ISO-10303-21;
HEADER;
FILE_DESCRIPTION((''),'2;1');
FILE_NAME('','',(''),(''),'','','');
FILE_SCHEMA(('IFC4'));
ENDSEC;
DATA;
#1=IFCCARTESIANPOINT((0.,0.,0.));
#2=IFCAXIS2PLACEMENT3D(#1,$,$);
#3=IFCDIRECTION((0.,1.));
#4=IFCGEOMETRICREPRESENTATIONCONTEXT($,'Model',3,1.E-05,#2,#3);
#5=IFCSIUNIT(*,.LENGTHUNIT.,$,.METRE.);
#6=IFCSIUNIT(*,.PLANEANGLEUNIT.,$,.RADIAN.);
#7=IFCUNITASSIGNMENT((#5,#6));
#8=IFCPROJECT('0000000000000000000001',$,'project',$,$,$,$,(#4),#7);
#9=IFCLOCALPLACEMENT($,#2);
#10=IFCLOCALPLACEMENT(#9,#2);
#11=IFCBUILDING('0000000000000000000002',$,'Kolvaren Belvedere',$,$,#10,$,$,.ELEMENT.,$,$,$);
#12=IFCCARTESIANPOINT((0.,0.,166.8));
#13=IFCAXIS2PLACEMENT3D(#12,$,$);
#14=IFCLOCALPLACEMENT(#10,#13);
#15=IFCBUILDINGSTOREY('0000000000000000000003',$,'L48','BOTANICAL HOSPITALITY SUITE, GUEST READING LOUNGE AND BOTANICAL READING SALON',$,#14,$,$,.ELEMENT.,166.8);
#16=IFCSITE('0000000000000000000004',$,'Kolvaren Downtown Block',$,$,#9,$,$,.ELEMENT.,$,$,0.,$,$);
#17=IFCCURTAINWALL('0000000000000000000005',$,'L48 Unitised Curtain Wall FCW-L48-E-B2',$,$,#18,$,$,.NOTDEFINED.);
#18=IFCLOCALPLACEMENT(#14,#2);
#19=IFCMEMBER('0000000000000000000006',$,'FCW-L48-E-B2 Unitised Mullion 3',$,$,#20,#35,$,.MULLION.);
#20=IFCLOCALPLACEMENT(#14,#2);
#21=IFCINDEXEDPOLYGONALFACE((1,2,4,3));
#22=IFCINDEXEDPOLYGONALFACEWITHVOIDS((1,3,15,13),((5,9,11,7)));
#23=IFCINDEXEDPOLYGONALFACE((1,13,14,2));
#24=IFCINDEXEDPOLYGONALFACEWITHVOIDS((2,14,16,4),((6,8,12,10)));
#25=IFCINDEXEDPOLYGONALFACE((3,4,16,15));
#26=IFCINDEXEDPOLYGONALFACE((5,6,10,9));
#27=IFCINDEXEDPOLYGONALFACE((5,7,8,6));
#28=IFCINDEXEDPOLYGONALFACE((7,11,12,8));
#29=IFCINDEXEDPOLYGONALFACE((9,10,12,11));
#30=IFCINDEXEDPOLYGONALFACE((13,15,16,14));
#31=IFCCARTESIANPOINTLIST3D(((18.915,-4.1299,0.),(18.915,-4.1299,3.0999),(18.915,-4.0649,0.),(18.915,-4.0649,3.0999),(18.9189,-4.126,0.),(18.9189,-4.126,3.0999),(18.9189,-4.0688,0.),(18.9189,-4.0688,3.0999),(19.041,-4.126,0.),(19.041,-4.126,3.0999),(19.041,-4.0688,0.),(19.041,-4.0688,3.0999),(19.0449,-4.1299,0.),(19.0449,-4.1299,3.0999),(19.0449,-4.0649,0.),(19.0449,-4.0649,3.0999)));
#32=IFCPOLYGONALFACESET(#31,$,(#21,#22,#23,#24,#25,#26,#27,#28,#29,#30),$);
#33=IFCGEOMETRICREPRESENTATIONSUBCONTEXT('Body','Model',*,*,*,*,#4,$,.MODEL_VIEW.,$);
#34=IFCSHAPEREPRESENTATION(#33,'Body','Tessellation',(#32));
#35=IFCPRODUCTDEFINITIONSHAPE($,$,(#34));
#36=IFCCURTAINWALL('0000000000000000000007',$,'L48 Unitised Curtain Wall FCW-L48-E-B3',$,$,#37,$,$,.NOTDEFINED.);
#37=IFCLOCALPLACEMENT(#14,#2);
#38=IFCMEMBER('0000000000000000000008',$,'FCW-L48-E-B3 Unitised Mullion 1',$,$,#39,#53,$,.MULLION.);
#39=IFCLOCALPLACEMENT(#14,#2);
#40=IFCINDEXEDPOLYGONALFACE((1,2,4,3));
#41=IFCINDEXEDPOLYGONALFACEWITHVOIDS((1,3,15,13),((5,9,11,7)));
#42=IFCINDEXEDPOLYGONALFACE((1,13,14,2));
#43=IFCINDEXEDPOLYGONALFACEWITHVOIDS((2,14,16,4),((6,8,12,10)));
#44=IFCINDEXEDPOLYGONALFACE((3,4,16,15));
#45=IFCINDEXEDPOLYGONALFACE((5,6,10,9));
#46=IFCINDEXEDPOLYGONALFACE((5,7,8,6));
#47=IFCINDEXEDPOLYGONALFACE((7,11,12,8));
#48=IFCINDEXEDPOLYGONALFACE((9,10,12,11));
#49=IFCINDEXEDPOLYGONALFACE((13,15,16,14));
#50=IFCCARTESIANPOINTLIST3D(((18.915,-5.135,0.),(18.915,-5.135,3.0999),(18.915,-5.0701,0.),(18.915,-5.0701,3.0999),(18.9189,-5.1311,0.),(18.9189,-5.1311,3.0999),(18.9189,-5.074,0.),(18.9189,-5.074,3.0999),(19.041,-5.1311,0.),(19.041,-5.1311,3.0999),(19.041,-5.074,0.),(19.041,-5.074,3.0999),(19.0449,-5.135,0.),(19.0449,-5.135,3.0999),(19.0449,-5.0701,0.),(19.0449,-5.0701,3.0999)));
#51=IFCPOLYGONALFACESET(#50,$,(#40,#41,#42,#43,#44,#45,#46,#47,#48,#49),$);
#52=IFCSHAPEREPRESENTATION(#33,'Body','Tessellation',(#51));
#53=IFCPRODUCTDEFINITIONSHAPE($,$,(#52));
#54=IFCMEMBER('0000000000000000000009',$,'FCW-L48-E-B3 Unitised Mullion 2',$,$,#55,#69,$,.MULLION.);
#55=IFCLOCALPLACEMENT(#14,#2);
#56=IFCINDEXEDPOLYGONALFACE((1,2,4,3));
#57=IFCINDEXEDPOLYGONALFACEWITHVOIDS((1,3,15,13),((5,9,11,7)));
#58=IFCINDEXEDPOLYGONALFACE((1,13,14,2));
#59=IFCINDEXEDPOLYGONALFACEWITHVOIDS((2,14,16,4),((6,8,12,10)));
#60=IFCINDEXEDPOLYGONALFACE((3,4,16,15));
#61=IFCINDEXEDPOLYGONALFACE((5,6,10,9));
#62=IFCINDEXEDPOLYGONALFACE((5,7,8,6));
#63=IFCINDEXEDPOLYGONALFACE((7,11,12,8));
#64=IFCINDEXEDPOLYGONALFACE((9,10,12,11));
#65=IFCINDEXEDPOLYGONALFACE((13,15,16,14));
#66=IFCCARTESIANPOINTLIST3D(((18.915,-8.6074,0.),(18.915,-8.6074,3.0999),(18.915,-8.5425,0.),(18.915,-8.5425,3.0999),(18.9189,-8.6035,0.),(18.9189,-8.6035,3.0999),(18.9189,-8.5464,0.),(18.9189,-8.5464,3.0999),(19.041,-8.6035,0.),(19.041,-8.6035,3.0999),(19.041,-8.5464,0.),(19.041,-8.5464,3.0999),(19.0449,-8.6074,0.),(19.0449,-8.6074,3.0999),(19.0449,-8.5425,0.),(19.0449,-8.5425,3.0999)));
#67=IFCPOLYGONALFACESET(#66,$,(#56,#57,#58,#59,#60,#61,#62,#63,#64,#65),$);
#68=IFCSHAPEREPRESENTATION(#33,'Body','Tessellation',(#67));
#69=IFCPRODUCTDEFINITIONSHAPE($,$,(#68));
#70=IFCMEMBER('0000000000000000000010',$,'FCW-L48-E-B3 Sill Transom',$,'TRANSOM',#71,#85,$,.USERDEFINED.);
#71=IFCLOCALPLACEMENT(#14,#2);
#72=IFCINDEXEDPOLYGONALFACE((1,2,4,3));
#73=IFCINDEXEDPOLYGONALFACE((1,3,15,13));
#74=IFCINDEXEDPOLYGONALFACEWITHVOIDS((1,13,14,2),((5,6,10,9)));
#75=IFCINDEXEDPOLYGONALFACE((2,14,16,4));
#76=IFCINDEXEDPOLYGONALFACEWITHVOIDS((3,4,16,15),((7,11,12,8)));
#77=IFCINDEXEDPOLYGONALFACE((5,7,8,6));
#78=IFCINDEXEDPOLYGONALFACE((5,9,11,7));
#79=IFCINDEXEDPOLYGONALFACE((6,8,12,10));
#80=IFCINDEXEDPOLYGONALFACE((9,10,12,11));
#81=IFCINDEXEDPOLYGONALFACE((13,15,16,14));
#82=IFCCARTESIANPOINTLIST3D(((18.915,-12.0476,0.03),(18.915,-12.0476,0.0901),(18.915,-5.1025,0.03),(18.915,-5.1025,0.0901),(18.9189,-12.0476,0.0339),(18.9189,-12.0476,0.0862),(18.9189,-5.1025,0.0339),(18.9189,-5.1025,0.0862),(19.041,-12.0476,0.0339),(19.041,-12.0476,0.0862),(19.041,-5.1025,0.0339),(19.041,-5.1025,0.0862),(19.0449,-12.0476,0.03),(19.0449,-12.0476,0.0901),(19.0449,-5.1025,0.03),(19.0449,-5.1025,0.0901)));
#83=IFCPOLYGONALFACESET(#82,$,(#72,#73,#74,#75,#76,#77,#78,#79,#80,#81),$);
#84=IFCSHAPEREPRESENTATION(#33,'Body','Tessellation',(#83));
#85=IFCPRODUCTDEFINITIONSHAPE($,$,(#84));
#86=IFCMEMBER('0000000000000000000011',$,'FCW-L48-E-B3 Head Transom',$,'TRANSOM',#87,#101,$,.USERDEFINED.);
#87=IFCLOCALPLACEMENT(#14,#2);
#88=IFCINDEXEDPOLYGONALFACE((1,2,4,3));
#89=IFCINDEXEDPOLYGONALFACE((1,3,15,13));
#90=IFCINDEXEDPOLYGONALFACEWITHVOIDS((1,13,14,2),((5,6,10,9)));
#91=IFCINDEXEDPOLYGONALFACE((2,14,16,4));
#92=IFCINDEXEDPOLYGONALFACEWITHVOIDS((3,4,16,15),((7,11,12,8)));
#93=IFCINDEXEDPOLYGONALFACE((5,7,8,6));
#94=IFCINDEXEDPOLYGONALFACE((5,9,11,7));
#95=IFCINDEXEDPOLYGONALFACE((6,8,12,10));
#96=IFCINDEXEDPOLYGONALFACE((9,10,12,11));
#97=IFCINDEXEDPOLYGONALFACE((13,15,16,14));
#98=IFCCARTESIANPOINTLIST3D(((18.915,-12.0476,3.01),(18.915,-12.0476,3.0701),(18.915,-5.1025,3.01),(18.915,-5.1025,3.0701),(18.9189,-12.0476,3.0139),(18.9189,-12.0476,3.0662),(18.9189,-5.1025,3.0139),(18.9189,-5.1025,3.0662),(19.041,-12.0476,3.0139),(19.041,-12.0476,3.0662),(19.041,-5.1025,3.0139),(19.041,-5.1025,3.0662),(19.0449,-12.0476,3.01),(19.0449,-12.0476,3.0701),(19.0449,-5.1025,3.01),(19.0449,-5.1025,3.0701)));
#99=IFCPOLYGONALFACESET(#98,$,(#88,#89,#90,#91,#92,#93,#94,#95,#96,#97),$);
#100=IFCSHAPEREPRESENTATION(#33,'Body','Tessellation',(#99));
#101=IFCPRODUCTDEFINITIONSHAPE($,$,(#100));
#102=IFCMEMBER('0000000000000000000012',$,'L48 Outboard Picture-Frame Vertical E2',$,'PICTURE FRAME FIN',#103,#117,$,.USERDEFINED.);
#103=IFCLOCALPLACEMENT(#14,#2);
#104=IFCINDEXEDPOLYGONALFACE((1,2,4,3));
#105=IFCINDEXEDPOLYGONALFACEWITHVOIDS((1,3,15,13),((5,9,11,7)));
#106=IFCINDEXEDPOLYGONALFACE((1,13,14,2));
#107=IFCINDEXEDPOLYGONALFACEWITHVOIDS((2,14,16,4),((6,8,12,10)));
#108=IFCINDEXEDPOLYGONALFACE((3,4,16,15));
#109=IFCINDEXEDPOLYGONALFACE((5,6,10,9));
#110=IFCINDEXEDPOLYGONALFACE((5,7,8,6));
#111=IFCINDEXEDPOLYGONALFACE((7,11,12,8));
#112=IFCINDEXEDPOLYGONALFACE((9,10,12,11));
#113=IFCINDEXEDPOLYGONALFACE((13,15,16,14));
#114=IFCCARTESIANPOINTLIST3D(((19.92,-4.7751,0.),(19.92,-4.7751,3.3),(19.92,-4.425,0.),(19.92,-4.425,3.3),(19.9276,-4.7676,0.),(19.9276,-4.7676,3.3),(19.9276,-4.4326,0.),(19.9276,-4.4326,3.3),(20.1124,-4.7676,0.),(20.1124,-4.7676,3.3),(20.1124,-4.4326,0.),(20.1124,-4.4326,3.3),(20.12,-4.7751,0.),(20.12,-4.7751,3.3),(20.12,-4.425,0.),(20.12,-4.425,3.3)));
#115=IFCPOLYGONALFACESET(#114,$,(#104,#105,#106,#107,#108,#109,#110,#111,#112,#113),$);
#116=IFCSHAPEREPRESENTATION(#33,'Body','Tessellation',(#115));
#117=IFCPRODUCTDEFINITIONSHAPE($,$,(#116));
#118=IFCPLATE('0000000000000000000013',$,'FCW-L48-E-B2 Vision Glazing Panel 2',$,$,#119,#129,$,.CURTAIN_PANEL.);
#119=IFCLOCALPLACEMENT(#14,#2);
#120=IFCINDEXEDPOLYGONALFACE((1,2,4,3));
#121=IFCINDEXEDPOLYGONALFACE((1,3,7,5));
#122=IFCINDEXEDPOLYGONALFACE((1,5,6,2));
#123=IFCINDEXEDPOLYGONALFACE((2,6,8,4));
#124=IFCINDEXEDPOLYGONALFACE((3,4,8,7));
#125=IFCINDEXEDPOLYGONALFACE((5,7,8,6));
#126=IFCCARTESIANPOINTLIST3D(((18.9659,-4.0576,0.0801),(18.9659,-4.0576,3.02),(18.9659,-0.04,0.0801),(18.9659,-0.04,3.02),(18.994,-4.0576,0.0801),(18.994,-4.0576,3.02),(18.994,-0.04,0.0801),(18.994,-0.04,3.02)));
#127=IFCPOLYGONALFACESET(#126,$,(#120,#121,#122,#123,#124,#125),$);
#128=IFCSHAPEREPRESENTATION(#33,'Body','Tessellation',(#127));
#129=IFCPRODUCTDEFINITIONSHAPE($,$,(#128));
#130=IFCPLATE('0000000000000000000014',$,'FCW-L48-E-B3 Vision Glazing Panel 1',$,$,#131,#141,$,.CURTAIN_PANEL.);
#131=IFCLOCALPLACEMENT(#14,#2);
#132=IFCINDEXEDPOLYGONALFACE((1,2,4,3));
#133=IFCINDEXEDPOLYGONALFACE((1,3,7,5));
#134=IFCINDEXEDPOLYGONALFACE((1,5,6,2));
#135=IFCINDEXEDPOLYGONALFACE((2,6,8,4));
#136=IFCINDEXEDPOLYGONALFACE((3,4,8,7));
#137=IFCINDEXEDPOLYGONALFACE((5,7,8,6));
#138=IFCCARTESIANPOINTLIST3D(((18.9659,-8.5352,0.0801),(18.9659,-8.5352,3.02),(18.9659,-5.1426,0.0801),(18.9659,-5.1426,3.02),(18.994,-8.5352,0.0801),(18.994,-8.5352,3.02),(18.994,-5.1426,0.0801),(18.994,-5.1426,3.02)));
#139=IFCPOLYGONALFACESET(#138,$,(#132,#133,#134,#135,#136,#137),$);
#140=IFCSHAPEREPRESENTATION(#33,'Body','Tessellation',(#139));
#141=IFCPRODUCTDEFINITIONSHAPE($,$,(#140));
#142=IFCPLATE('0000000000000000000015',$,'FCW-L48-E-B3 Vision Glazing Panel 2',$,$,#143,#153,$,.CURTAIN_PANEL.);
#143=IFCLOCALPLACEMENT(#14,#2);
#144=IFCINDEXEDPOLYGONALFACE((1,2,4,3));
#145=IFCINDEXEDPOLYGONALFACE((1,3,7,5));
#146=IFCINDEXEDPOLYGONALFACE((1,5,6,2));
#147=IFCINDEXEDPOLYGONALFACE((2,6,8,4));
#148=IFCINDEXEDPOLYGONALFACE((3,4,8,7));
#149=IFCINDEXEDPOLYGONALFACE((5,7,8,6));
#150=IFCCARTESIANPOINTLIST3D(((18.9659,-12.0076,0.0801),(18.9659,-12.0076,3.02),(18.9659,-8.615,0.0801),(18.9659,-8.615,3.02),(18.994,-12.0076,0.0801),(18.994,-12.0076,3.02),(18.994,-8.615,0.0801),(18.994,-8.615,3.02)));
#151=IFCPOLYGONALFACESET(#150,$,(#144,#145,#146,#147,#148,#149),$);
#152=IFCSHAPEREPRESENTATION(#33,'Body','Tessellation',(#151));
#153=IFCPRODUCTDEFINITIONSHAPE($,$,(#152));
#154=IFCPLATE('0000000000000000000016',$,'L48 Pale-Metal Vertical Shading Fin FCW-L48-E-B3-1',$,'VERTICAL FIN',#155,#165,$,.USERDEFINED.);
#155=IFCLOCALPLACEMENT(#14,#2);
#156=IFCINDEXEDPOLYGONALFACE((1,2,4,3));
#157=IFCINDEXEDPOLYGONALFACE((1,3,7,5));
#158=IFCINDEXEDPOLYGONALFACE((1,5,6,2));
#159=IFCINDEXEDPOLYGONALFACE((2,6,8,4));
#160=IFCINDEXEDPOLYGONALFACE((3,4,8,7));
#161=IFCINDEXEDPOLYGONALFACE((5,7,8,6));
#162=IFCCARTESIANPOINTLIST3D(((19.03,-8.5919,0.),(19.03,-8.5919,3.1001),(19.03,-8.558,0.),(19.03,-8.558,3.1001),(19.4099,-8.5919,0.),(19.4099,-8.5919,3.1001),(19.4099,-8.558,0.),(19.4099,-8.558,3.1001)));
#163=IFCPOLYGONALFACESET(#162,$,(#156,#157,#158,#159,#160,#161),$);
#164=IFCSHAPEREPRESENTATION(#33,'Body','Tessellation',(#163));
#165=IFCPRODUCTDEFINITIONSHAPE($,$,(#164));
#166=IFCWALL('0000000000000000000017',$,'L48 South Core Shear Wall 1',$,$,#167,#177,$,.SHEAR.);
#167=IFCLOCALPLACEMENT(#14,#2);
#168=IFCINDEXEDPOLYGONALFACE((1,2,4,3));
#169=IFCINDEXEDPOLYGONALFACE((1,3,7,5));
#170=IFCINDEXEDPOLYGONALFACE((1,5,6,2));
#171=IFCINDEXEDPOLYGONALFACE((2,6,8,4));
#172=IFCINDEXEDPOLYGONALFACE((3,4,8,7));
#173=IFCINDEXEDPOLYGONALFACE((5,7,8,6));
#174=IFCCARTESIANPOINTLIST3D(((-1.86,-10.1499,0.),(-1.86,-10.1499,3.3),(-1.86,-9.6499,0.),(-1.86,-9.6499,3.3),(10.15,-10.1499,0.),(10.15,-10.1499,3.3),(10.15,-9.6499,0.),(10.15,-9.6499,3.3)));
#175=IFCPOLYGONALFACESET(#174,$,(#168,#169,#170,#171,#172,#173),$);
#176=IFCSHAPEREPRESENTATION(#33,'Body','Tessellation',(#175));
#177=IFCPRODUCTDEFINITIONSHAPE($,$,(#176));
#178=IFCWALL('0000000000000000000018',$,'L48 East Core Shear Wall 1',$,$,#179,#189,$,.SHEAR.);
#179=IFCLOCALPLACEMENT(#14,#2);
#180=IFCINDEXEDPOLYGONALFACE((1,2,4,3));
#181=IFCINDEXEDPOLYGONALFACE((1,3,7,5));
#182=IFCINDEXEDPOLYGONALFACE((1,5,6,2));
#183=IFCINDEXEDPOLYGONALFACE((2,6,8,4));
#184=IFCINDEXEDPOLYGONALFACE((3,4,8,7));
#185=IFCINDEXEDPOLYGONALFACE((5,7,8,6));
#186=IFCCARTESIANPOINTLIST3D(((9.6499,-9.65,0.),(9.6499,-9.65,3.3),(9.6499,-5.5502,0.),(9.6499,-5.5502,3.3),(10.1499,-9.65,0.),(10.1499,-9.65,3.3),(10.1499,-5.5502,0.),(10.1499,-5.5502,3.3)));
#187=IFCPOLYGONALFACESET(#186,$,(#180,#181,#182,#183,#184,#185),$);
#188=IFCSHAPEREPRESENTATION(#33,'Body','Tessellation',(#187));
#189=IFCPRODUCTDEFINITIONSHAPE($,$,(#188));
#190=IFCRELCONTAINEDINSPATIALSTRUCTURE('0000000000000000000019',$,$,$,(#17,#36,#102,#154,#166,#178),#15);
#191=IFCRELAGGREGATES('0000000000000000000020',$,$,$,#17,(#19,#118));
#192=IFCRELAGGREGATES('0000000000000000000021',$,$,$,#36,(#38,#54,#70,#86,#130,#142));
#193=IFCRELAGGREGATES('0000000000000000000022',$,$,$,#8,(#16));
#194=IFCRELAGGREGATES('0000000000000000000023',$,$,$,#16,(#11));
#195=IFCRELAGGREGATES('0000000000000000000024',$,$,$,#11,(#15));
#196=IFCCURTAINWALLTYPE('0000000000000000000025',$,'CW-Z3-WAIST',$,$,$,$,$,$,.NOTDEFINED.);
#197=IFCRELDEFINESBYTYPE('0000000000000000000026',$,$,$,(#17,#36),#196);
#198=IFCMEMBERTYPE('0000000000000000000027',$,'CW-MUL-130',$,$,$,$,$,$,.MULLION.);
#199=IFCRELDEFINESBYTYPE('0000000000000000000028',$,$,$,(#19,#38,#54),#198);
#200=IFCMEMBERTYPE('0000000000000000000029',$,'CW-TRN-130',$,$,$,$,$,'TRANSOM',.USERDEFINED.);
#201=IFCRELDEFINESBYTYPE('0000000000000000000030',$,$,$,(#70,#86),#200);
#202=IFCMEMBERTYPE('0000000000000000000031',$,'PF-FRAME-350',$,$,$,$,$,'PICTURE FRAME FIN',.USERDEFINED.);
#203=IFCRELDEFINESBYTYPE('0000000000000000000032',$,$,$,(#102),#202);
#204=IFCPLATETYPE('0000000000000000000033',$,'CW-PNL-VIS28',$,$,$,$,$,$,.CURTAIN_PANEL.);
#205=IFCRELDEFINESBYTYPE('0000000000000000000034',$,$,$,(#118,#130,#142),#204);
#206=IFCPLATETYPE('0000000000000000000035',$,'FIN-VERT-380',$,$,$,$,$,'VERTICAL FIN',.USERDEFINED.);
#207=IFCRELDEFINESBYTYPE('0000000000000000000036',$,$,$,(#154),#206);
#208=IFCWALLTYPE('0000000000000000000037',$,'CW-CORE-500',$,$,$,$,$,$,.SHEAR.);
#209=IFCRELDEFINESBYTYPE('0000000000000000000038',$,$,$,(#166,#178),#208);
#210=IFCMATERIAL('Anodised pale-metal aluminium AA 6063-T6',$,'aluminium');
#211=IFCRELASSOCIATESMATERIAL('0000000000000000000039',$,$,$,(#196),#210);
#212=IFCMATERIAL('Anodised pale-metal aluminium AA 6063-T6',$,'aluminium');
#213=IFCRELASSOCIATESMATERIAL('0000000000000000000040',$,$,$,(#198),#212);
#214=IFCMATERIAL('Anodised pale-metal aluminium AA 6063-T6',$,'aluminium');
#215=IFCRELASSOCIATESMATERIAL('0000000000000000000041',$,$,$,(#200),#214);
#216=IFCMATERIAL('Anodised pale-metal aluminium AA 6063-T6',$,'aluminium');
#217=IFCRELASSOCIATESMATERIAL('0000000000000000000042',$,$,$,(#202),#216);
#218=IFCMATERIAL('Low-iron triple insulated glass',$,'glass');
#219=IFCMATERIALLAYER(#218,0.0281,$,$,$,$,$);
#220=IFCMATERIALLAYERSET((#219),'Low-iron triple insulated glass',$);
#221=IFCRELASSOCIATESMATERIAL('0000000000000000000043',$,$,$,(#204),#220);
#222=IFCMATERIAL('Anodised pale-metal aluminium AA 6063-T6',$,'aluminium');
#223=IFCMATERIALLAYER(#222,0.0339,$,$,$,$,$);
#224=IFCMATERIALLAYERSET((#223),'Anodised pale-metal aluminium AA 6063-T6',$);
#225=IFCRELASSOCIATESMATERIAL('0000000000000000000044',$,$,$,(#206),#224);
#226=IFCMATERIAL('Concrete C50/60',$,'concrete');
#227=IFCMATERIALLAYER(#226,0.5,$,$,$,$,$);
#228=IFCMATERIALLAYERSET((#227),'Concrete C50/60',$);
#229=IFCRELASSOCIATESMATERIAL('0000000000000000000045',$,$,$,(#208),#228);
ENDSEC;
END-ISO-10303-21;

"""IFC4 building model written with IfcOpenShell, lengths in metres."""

from ifc_helpers import new_model, si_unit, direction, frame, frame_2d, origin, origin_2d, place, context, subcontext, project, spatial, rectangle, hollow_rectangle, extrude, material, layer, layer_set, material_profile, profile_set, type_object, element, aggregate, save


model = new_model("IFC4")

# Units and contexts
model_context = context("Model", 3, precision=1e-05, world=origin(), true_north=direction((0.0, 1.0)))
body_context = subcontext(model_context, "Body", "Model", "MODEL_VIEW")
ifc_project = project(units=[si_unit("LENGTHUNIT", "METRE"), si_unit("PLANEANGLEUNIT", "RADIAN")], contexts=[model_context])

# Site, building, storey
site_placement = place(None, origin())
site = spatial("IfcSite", under=ifc_project, at=site_placement, Name="Kolvaren Downtown Block", CompositionType="ELEMENT", RefElevation=0.0)
building_placement = place(site_placement, origin())
building = spatial("IfcBuilding", under=site, at=building_placement, Name="Kolvaren Belvedere", CompositionType="ELEMENT")
storey_placement = place(building_placement, frame((0.0, 0.0, 166.8)))
storey = spatial("IfcBuildingStorey", under=building, at=storey_placement, Name="L48", Description="BOTANICAL HOSPITALITY SUITE, GUEST READING LOUNGE AND BOTANICAL READING SALON", CompositionType="ELEMENT", Elevation=166.8)

# Curtain wall, member
ifc_material_1 = material(Name="Anodised pale-metal aluminium AA 6063-T6", Category="aluminium")
curtain_wall_type = type_object("IfcCurtainWallType", Name="CW-Z3-WAIST", PredefinedType="NOTDEFINED", material=ifc_material_1)
curtain_wall_1_placement = place(storey_placement, origin())
curtain_wall_1 = element("IfcCurtainWall", 1, at=curtain_wall_1_placement, inside=storey, type_object=curtain_wall_type, Name="L48 Unitised Curtain Wall FCW-L48-E-B2", PredefinedType="NOTDEFINED")
ifc_material_2 = material(Name="Anodised pale-metal aluminium AA 6063-T6", Category="aluminium")
ifc_material_profile_1 = material_profile(ifc_material_2, hollow_rectangle(XDim=0.0649, YDim=0.1299, WallThickness=0.0039, at=origin_2d()), Name="ALU-MUL-130X65")
ifc_profile_set_1 = profile_set([ifc_material_profile_1], Name="Anodised pale-metal aluminium AA 6063-T6")
member_type_1 = type_object("IfcMemberType", Name="CW-MUL-130", PredefinedType="MULLION", material=ifc_profile_set_1)
member_1_placement = place(storey_placement, frame((18.98, -4.0974, 0.0), z_axis=(0.0, 0.0, 1.0), x_axis=(0.0, 1.0, 0.0)))
member_1 = element("IfcMember", 2, at=member_1_placement, type_object=member_type_1, Name="FCW-L48-E-B2 Unitised Mullion 3", PredefinedType="MULLION", context=body_context, shape_type="SweptSolid", body=[
    extrude(hollow_rectangle(XDim=0.0649, YDim=0.1299, WallThickness=0.0039, at=origin_2d()), origin(), (0.0, 0.0, 1.0), 3.0999),
])

# Curtain wall, members
curtain_wall_2_placement = place(storey_placement, origin())
curtain_wall_2 = element("IfcCurtainWall", 3, at=curtain_wall_2_placement, inside=storey, type_object=curtain_wall_type, Name="L48 Unitised Curtain Wall FCW-L48-E-B3", PredefinedType="NOTDEFINED")
member_2_placement = place(storey_placement, frame((18.98, -5.1025, 0.0), z_axis=(0.0, 0.0, 1.0), x_axis=(0.0, 1.0, 0.0)))
member_2 = element("IfcMember", 4, at=member_2_placement, type_object=member_type_1, Name="FCW-L48-E-B3 Unitised Mullion 1", PredefinedType="MULLION", context=body_context, shape_type="SweptSolid", body=[
    extrude(hollow_rectangle(XDim=0.0649, YDim=0.1299, WallThickness=0.0039, at=origin_2d()), origin(), (0.0, 0.0, 1.0), 3.0999),
])
member_3_placement = place(storey_placement, frame((18.98, -8.575, 0.0), z_axis=(0.0, 0.0, 1.0), x_axis=(0.0, 1.0, 0.0)))
member_3 = element("IfcMember", 5, at=member_3_placement, type_object=member_type_1, Name="FCW-L48-E-B3 Unitised Mullion 2", PredefinedType="MULLION", context=body_context, shape_type="SweptSolid", body=[
    extrude(hollow_rectangle(XDim=0.0649, YDim=0.1299, WallThickness=0.0039, at=origin_2d()), origin(), (0.0, 0.0, 1.0), 3.0999),
])
ifc_material_3 = material(Name="Anodised pale-metal aluminium AA 6063-T6", Category="aluminium")
ifc_material_profile_2 = material_profile(ifc_material_3, hollow_rectangle(XDim=0.0601, YDim=0.1299, WallThickness=0.0039, at=origin_2d()), Name="ALU-TRN-130X60")
ifc_profile_set_2 = profile_set([ifc_material_profile_2], Name="Anodised pale-metal aluminium AA 6063-T6")
member_type_2 = type_object("IfcMemberType", Name="CW-TRN-130", ElementType="TRANSOM", PredefinedType="USERDEFINED", material=ifc_profile_set_2)
member_4_placement = place(storey_placement, frame((18.98, -5.1025, 0.0601), z_axis=(0.0, -1.0, 0.0), x_axis=(0.0, 0.0, 1.0)))
member_4 = element("IfcMember", 6, at=member_4_placement, type_object=member_type_2, Name="FCW-L48-E-B3 Sill Transom", ObjectType="TRANSOM", PredefinedType="USERDEFINED", context=body_context, shape_type="SweptSolid", body=[
    extrude(hollow_rectangle(XDim=0.0601, YDim=0.1299, WallThickness=0.0039, at=origin_2d()), origin(), (0.0, 0.0, 1.0), 6.9451),
])
member_5_placement = place(storey_placement, frame((18.98, -5.1025, 3.04), z_axis=(0.0, -1.0, 0.0), x_axis=(0.0, 0.0, 1.0)))
member_5 = element("IfcMember", 7, at=member_5_placement, type_object=member_type_2, Name="FCW-L48-E-B3 Head Transom", ObjectType="TRANSOM", PredefinedType="USERDEFINED", context=body_context, shape_type="SweptSolid", body=[
    extrude(hollow_rectangle(XDim=0.0601, YDim=0.1299, WallThickness=0.0039, at=origin_2d()), origin(), (0.0, 0.0, 1.0), 6.9451),
])

# Member
ifc_material_4 = material(Name="Anodised pale-metal aluminium AA 6063-T6", Category="aluminium")
ifc_material_profile_3 = material_profile(ifc_material_4, hollow_rectangle(XDim=0.2, YDim=0.3501, WallThickness=0.0076, at=origin_2d()), Name="ALU-PF-350X200")
ifc_profile_set_3 = profile_set([ifc_material_profile_3], Name="Anodised pale-metal aluminium AA 6063-T6")
member_type_3 = type_object("IfcMemberType", Name="PF-FRAME-350", ElementType="PICTURE FRAME FIN", PredefinedType="USERDEFINED", material=ifc_profile_set_3)
member_6_placement = place(storey_placement, frame((20.02, -4.6001, 0.0), z_axis=(0.0, 0.0, 1.0), x_axis=(1.0, 0.0, 0.0)))
element("IfcMember", 8, at=member_6_placement, inside=storey, type_object=member_type_3, Name="L48 Outboard Picture-Frame Vertical E2", ObjectType="PICTURE FRAME FIN", PredefinedType="USERDEFINED", context=body_context, shape_type="SweptSolid", body=[
    extrude(hollow_rectangle(XDim=0.2, YDim=0.3501, WallThickness=0.0076, at=origin_2d()), origin(), (0.0, 0.0, 1.0), 3.3),
])

# Plates
ifc_material_5 = material(Name="Low-iron triple insulated glass", Category="glass")
ifc_layer_1 = layer(ifc_material_5, 0.0281)
ifc_layer_set_1 = layer_set([ifc_layer_1], Name="Low-iron triple insulated glass")
plate_type_1 = type_object("IfcPlateType", Name="CW-PNL-VIS28", PredefinedType="CURTAIN_PANEL", material=ifc_layer_set_1)
plate_1_placement = place(storey_placement, frame((18.98, -2.0488, 0.0801), z_axis=(0.0, 0.0, 1.0), x_axis=(0.0, -1.0, 0.0)))
plate_1 = element("IfcPlate", 9, at=plate_1_placement, type_object=plate_type_1, Name="FCW-L48-E-B2 Vision Glazing Panel 2", PredefinedType="CURTAIN_PANEL", context=body_context, shape_type="SweptSolid", body=[
    extrude(rectangle(XDim=4.0176, YDim=0.0281, at=origin_2d()), origin(), (0.0, 0.0, 1.0), 2.9399),
])
aggregate(curtain_wall_1, [member_1, plate_1])
plate_2_placement = place(storey_placement, frame((18.98, -6.8389, 0.0801), z_axis=(0.0, 0.0, 1.0), x_axis=(0.0, -1.0, 0.0)))
plate_2 = element("IfcPlate", 10, at=plate_2_placement, type_object=plate_type_1, Name="FCW-L48-E-B3 Vision Glazing Panel 1", PredefinedType="CURTAIN_PANEL", context=body_context, shape_type="SweptSolid", body=[
    extrude(rectangle(XDim=3.3926, YDim=0.0281, at=origin_2d()), origin(), (0.0, 0.0, 1.0), 2.9399),
])
plate_3_placement = place(storey_placement, frame((18.98, -10.3113, 0.0801), z_axis=(0.0, 0.0, 1.0), x_axis=(0.0, -1.0, 0.0)))
plate_3 = element("IfcPlate", 11, at=plate_3_placement, type_object=plate_type_1, Name="FCW-L48-E-B3 Vision Glazing Panel 2", PredefinedType="CURTAIN_PANEL", context=body_context, shape_type="SweptSolid", body=[
    extrude(rectangle(XDim=3.3926, YDim=0.0281, at=origin_2d()), origin(), (0.0, 0.0, 1.0), 2.9399),
])
aggregate(curtain_wall_2, [member_2, member_3, member_4, member_5, plate_2, plate_3])
ifc_material_6 = material(Name="Anodised pale-metal aluminium AA 6063-T6", Category="aluminium")
ifc_layer_2 = layer(ifc_material_6, 0.0339)
ifc_layer_set_2 = layer_set([ifc_layer_2], Name="Anodised pale-metal aluminium AA 6063-T6")
plate_type_2 = type_object("IfcPlateType", Name="FIN-VERT-380", ElementType="VERTICAL FIN", PredefinedType="USERDEFINED", material=ifc_layer_set_2)
plate_4_placement = place(storey_placement, frame((19.22, -8.575, 0.0), z_axis=(0.0, 0.0, 1.0), x_axis=(1.0, 0.0, 0.0)))
element("IfcPlate", 12, at=plate_4_placement, inside=storey, type_object=plate_type_2, Name="L48 Pale-Metal Vertical Shading Fin FCW-L48-E-B3-1", ObjectType="VERTICAL FIN", PredefinedType="USERDEFINED", context=body_context, shape_type="SweptSolid", body=[
    extrude(rectangle(XDim=0.3799, YDim=0.0339, at=origin_2d()), origin(), (0.0, 0.0, 1.0), 3.1001),
])

# Walls
ifc_material_7 = material(Name="Concrete C50/60", Category="concrete")
ifc_layer_3 = layer(ifc_material_7, 0.5)
ifc_layer_set_3 = layer_set([ifc_layer_3], Name="Concrete C50/60")
wall_type_1 = type_object("IfcWallType", Name="CW-CORE-500", PredefinedType="SHEAR", material=ifc_layer_set_3)
wall_1_placement = place(storey_placement, frame((10.1499, -9.8999, 0.0), z_axis=(0.0, 0.0, 1.0), x_axis=(-1.0, 0.0, 0.0)))
element("IfcWall", 13, at=wall_1_placement, inside=storey, type_object=wall_type_1, Name="L48 South Core Shear Wall 1", PredefinedType="SHEAR", context=body_context, shape_type="SweptSolid", body=[
    extrude(rectangle(XDim=12.01, YDim=0.5, at=frame_2d((6.0049, 0.0))), origin(), (0.0, 0.0, 1.0), 3.3),
])
wall_2_placement = place(storey_placement, frame((9.8999, -9.6499, 0.0), z_axis=(0.0, 0.0, 1.0), x_axis=(0.0, 1.0, 0.0)))
element("IfcWall", 14, at=wall_2_placement, inside=storey, type_object=wall_type_1, Name="L48 East Core Shear Wall 1", PredefinedType="SHEAR", context=body_context, shape_type="SweptSolid", body=[
    extrude(rectangle(XDim=4.0999, YDim=0.5, at=frame_2d((2.0498, 0.0))), origin(), (0.0, 0.0, 1.0), 3.3),
])

save(model, "model.ifc")
